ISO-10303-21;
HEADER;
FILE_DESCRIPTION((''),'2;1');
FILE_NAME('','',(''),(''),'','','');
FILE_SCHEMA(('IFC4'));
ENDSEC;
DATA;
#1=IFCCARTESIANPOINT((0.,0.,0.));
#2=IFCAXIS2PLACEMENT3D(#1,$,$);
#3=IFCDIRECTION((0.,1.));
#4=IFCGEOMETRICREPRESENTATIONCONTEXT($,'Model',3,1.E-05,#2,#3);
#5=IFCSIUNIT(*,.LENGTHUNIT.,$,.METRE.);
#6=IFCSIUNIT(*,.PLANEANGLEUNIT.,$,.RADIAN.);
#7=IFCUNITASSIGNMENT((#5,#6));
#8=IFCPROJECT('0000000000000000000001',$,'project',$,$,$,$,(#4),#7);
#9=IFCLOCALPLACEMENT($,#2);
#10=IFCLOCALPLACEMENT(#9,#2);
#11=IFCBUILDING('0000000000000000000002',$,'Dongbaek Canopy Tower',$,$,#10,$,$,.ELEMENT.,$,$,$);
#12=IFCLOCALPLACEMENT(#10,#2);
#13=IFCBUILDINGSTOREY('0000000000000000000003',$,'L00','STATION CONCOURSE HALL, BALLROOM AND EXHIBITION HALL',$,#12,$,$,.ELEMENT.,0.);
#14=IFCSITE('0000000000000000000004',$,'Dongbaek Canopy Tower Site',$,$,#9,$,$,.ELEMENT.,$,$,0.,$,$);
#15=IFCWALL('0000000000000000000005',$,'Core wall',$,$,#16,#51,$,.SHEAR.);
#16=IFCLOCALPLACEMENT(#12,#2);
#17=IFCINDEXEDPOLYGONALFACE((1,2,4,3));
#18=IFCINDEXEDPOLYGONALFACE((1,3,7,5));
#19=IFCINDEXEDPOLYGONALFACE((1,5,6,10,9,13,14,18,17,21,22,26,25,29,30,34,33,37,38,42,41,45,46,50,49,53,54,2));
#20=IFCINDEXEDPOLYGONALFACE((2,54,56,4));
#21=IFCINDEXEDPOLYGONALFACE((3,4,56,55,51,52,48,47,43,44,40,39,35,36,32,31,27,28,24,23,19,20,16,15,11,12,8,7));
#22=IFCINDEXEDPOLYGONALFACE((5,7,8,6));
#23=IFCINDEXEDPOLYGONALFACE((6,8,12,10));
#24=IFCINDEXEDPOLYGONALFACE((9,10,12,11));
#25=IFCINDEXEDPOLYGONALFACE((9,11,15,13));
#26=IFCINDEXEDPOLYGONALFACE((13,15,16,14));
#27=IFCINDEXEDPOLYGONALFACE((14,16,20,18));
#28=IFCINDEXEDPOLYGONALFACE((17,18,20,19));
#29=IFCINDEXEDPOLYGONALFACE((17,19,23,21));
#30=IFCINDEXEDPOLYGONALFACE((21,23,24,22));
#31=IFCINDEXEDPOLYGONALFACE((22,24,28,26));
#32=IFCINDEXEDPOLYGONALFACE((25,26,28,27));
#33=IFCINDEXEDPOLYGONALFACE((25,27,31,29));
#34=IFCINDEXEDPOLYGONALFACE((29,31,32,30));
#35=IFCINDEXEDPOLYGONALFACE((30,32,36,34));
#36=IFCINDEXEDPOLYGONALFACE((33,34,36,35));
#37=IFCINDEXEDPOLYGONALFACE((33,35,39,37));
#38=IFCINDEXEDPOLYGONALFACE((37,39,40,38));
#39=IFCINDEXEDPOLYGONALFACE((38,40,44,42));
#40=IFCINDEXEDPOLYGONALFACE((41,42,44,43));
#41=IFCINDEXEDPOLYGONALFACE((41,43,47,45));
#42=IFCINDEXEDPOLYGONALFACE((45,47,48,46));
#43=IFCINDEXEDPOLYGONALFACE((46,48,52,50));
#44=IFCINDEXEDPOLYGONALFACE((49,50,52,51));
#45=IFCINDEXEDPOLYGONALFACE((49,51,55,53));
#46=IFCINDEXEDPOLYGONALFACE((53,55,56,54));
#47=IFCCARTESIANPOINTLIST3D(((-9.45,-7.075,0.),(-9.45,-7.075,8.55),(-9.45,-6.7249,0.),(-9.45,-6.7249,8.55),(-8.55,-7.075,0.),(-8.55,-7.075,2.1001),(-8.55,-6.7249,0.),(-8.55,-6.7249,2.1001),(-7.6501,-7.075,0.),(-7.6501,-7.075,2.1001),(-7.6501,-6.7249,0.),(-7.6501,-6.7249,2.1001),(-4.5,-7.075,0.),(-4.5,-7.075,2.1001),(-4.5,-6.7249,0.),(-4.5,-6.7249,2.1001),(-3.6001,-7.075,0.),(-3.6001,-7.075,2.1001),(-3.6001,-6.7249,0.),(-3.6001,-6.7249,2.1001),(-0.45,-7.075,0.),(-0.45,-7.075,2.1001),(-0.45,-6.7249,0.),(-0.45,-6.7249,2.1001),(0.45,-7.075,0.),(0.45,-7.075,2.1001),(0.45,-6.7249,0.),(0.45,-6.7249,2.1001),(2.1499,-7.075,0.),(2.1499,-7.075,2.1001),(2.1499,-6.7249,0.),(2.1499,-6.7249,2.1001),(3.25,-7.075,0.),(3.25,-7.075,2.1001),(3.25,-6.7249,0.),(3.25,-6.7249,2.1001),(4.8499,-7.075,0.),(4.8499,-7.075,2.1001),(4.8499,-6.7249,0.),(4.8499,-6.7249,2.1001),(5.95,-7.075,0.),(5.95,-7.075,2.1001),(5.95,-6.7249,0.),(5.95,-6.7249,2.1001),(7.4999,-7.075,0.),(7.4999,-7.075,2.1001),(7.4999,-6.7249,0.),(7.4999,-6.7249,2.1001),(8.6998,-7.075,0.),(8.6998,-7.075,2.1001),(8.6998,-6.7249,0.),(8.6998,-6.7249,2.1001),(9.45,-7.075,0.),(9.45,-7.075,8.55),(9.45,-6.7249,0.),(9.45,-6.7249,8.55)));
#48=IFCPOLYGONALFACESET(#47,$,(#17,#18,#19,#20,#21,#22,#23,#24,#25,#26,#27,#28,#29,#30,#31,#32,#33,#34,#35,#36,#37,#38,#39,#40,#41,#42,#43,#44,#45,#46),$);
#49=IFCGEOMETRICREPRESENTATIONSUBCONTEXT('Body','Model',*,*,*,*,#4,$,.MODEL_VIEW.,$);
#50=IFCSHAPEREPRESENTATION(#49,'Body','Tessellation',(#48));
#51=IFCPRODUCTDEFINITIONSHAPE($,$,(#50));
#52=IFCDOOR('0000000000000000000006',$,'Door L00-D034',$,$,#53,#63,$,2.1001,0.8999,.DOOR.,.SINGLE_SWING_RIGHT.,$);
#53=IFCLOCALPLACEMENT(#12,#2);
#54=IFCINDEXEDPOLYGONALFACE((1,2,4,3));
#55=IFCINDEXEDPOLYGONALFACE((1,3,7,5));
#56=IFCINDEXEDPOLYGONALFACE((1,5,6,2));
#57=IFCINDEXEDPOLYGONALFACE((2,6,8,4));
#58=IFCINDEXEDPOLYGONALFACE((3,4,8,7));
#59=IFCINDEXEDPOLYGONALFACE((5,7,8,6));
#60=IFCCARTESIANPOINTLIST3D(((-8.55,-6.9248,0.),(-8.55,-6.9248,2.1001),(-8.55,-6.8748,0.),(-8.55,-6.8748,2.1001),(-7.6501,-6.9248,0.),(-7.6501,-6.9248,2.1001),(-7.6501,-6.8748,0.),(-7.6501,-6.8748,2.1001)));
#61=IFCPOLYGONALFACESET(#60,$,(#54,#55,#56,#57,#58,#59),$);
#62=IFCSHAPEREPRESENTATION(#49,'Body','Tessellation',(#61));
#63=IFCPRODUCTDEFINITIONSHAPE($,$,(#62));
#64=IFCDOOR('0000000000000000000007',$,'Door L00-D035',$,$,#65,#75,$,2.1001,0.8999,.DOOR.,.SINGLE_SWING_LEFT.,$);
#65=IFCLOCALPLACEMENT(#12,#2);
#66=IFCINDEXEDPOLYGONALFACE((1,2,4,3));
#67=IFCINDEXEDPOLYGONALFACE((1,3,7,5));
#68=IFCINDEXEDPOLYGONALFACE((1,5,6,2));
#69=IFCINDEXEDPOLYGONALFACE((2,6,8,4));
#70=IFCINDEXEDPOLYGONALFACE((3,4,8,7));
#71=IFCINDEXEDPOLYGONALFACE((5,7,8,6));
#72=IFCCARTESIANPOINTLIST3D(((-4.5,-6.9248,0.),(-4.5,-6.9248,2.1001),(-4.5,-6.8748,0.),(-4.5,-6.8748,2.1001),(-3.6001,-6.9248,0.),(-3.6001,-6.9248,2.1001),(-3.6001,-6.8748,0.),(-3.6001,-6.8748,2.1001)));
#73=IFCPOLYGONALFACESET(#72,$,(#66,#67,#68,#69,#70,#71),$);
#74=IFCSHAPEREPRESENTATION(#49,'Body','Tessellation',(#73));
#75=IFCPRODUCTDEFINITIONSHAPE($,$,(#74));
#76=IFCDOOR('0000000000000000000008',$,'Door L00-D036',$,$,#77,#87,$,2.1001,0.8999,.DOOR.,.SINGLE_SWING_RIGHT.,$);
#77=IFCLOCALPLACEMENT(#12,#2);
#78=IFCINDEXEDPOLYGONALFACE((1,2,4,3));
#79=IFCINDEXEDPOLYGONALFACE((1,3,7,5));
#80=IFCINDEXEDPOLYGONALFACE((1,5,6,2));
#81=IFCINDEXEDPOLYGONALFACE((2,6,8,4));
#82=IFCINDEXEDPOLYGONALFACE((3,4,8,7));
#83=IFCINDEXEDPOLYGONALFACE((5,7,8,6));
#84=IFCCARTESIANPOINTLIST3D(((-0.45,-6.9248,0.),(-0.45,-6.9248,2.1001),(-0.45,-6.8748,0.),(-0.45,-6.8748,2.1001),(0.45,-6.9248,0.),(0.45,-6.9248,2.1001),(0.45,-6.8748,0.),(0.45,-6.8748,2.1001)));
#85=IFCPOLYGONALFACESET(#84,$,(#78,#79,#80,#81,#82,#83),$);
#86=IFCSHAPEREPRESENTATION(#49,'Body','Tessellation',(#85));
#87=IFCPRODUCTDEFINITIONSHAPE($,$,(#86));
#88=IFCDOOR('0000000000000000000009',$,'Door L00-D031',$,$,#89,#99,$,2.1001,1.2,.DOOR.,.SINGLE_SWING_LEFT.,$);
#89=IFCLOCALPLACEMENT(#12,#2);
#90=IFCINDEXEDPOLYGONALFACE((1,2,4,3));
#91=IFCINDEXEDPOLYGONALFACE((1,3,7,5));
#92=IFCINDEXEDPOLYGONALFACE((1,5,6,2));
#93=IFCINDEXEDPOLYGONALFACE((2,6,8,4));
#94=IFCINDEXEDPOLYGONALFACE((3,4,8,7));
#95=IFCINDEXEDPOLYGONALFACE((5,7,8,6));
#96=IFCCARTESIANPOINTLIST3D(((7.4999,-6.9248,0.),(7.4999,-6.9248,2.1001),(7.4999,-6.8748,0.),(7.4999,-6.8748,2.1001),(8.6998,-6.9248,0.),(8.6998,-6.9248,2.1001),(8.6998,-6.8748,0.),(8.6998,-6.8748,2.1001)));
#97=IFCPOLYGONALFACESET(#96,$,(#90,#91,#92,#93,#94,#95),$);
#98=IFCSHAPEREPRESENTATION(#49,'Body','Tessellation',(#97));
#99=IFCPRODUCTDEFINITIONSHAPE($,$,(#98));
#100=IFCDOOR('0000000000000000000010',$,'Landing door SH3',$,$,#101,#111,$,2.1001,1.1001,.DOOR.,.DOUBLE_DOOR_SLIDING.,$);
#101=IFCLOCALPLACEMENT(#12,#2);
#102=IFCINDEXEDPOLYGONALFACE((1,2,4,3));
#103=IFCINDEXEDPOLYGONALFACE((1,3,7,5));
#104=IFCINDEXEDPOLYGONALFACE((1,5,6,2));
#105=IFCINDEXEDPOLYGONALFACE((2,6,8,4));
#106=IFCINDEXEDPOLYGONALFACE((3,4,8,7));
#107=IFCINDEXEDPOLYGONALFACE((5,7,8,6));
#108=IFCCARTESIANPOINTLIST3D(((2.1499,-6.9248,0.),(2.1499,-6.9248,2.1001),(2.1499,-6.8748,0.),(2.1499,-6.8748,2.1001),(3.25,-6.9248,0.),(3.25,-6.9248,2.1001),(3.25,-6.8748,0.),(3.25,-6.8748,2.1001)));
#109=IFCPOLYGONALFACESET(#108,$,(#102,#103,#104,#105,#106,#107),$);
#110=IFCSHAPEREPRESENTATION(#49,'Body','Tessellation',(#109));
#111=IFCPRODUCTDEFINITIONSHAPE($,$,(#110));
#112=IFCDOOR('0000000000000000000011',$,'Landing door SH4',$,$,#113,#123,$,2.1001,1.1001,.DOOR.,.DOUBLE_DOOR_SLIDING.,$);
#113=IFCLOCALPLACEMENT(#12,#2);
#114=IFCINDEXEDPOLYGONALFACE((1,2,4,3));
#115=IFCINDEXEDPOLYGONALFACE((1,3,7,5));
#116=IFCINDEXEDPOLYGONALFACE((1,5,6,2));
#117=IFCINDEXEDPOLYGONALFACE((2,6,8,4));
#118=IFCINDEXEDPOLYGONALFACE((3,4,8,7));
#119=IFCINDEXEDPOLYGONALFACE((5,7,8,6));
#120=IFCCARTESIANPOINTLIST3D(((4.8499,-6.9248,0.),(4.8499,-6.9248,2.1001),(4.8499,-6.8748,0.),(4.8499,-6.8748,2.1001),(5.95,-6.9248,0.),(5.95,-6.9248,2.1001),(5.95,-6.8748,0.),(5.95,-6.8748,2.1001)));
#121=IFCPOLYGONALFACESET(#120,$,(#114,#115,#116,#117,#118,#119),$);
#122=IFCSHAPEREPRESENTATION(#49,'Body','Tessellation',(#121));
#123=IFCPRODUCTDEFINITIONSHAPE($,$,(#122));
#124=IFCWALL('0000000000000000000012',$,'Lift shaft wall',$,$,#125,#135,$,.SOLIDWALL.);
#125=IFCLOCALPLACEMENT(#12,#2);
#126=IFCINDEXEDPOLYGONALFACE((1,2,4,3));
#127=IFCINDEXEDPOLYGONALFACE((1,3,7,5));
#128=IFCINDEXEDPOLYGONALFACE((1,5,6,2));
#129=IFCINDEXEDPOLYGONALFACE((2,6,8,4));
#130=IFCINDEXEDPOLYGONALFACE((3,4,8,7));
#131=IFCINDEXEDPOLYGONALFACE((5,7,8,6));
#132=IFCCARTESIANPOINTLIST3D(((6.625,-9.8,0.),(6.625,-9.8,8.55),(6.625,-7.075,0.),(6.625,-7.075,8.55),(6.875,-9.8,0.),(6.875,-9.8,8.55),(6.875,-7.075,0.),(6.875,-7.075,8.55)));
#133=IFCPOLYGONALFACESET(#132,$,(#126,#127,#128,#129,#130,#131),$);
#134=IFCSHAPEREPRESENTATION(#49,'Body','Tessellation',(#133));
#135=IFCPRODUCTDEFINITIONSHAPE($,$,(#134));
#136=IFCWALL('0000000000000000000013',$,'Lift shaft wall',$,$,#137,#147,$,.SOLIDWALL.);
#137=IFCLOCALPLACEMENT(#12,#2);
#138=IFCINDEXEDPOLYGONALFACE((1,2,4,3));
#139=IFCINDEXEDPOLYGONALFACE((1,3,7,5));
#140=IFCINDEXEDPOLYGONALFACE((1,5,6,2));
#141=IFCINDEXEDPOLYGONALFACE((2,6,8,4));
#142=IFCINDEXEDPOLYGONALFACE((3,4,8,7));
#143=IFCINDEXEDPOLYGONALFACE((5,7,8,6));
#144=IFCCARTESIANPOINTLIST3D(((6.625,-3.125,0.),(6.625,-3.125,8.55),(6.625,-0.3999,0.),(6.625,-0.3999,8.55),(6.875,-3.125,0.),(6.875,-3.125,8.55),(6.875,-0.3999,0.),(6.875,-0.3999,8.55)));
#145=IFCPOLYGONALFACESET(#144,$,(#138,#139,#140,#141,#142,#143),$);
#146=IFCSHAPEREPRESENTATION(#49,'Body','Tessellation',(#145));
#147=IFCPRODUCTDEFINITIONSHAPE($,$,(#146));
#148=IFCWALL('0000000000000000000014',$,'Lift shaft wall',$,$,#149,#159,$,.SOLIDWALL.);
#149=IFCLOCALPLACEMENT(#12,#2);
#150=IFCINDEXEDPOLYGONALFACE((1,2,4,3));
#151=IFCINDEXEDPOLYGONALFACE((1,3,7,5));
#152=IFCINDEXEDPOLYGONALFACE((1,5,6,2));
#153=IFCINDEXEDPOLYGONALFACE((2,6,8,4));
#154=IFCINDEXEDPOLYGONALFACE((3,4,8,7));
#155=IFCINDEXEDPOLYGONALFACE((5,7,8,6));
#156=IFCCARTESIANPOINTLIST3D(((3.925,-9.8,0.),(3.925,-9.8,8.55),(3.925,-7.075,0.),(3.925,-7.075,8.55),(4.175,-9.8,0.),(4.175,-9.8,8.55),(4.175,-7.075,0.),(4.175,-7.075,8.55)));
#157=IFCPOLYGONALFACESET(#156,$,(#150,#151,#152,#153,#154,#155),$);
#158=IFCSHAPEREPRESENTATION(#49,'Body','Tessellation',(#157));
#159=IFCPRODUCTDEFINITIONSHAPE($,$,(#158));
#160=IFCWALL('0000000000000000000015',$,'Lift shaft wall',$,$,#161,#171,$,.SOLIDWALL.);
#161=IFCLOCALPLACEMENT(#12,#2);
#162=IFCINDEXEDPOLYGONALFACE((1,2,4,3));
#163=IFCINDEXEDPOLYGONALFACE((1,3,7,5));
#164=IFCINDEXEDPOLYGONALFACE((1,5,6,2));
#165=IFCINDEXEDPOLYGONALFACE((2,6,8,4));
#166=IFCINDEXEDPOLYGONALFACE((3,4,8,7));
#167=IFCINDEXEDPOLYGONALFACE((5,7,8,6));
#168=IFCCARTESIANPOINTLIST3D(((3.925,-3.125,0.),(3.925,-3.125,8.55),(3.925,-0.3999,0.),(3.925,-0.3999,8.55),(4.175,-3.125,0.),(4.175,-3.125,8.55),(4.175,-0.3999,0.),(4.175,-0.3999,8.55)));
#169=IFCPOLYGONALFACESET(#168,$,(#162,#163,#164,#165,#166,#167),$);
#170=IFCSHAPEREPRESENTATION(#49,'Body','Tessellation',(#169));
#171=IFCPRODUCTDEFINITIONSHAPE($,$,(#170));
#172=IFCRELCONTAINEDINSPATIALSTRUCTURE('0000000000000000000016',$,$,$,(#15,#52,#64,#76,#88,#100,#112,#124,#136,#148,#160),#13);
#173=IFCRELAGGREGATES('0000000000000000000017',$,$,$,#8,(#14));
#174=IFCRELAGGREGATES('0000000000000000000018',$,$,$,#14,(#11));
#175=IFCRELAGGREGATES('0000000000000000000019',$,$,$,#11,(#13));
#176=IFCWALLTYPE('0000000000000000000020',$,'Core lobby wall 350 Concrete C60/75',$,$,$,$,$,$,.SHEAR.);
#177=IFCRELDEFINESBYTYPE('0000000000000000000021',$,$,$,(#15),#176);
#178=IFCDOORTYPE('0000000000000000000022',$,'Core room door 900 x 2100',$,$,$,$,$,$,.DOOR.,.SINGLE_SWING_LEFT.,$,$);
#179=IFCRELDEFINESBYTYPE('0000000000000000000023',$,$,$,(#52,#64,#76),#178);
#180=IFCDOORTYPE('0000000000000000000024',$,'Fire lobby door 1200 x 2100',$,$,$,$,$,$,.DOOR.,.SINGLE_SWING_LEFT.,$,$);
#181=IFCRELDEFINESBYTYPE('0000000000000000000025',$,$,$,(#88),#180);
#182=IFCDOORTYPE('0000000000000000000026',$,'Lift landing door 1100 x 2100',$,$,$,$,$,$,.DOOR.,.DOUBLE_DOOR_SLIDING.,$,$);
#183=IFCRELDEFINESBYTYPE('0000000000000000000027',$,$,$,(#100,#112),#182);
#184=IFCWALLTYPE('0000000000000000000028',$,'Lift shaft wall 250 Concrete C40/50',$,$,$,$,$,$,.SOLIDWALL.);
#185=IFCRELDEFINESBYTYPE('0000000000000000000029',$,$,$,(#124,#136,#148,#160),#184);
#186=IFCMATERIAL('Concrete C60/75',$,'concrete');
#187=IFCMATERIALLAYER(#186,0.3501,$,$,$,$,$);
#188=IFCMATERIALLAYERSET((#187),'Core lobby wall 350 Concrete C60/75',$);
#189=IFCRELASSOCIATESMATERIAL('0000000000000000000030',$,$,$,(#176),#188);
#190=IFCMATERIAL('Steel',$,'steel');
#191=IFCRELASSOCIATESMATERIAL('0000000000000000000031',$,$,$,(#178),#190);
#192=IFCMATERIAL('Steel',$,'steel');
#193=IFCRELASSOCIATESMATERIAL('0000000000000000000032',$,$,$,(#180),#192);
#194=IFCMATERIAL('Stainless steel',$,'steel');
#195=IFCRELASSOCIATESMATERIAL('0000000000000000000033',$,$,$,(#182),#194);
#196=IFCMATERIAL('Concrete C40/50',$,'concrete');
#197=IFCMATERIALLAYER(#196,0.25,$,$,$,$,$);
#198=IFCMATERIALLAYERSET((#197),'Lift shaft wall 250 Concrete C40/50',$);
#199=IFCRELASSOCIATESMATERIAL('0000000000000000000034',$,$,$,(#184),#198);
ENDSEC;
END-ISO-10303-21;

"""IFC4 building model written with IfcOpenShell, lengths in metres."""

from ifc_helpers import new_model, si_unit, direction, frame, frame_2d, origin, place, context, subcontext, project, spatial, rectangle, extrude, material, layer, layer_set, type_object, element, fill, save


model = new_model("IFC4")

# Units and contexts
model_context = context("Model", 3, precision=1e-05, world=origin(), true_north=direction((0.0, 1.0)))
body_context = subcontext(model_context, "Body", "Model", "MODEL_VIEW")
ifc_project = project(units=[si_unit("LENGTHUNIT", "METRE"), si_unit("PLANEANGLEUNIT", "RADIAN")], contexts=[model_context])

# Site, building, storey
site_placement = place(None, origin())
site = spatial("IfcSite", under=ifc_project, at=site_placement, Name="Dongbaek Canopy Tower Site", CompositionType="ELEMENT", RefElevation=0.0)
building_placement = place(site_placement, origin())
building = spatial("IfcBuilding", under=site, at=building_placement, Name="Dongbaek Canopy Tower", CompositionType="ELEMENT")
storey_placement = place(building_placement, origin())
storey = spatial("IfcBuildingStorey", under=building, at=storey_placement, Name="L00", Description="STATION CONCOURSE HALL, BALLROOM AND EXHIBITION HALL", CompositionType="ELEMENT", Elevation=0.0)

# Wall, openings, doors
ifc_material_1 = material(Name="Concrete C60/75", Category="concrete")
ifc_layer_1 = layer(ifc_material_1, 0.3501)
ifc_layer_set_1 = layer_set([ifc_layer_1], Name="Core lobby wall 350 Concrete C60/75")
wall_type_1 = type_object("IfcWallType", Name="Core lobby wall 350 Concrete C60/75", PredefinedType="SHEAR", material=ifc_layer_set_1)
wall_1_placement = place(storey_placement, frame((9.45, -6.8999, 0.0), z_axis=(0.0, 0.0, 1.0), x_axis=(-1.0, 0.0, 0.0)))
wall_1 = element("IfcWall", 1, at=wall_1_placement, inside=storey, type_object=wall_type_1, Name="Core wall", PredefinedType="SHEAR", context=body_context, shape_type="SweptSolid", body=[
    extrude(rectangle(XDim=18.8999, YDim=0.3501, at=frame_2d((9.45, 0.0))), origin(), (0.0, 0.0, 1.0), 8.55),
])
opening_1_placement = place(wall_1_placement, frame((6.2, 0.0, 0.0)))
opening_1 = element("IfcOpeningElement", 2, at=opening_1_placement, cuts=wall_1, PredefinedType="OPENING", context=body_context, shape_type="SweptSolid", body=[
    extrude(rectangle(XDim=1.1001, YDim=2.1001, at=frame_2d((0.55, 1.05))), frame((0.0, 0.1851, 0.0), z_axis=(0.0, -1.0, 0.0), x_axis=(1.0, 0.0, 0.0)), (0.0, 0.0, 1.0), 0.3701),
])
opening_2_placement = place(wall_1_placement, frame((3.5, 0.0, 0.0)))
opening_2 = element("IfcOpeningElement", 3, at=opening_2_placement, cuts=wall_1, PredefinedType="OPENING", context=body_context, shape_type="SweptSolid", body=[
    extrude(rectangle(XDim=1.1001, YDim=2.1001, at=frame_2d((0.55, 1.05))), frame((0.0, 0.1851, 0.0), z_axis=(0.0, -1.0, 0.0), x_axis=(1.0, 0.0, 0.0)), (0.0, 0.0, 1.0), 0.3701),
])
opening_3_placement = place(wall_1_placement, frame((0.75, 0.0, 0.0)))
opening_3 = element("IfcOpeningElement", 4, at=opening_3_placement, cuts=wall_1, PredefinedType="OPENING", context=body_context, shape_type="SweptSolid", body=[
    extrude(rectangle(XDim=1.2, YDim=2.1001, at=frame_2d((0.6001, 1.05))), frame((0.0, 0.1851, 0.0), z_axis=(0.0, -1.0, 0.0), x_axis=(1.0, 0.0, 0.0)), (0.0, 0.0, 1.0), 0.3701),
])
opening_4_placement = place(wall_1_placement, frame((17.1001, 0.0, 0.0)))
opening_4 = element("IfcOpeningElement", 5, at=opening_4_placement, cuts=wall_1, PredefinedType="OPENING", context=body_context, shape_type="SweptSolid", body=[
    extrude(rectangle(XDim=0.8999, YDim=2.1001, at=frame_2d((0.45, 1.05))), frame((0.0, 0.1851, 0.0), z_axis=(0.0, -1.0, 0.0), x_axis=(1.0, 0.0, 0.0)), (0.0, 0.0, 1.0), 0.3701),
])
opening_5_placement = place(wall_1_placement, frame((13.05, 0.0, 0.0)))
opening_5 = element("IfcOpeningElement", 6, at=opening_5_placement, cuts=wall_1, PredefinedType="OPENING", context=body_context, shape_type="SweptSolid", body=[
    extrude(rectangle(XDim=0.8999, YDim=2.1001, at=frame_2d((0.45, 1.05))), frame((0.0, 0.1851, 0.0), z_axis=(0.0, -1.0, 0.0), x_axis=(1.0, 0.0, 0.0)), (0.0, 0.0, 1.0), 0.3701),
])
opening_6_placement = place(wall_1_placement, frame((9.0, 0.0, 0.0)))
opening_6 = element("IfcOpeningElement", 7, at=opening_6_placement, cuts=wall_1, PredefinedType="OPENING", context=body_context, shape_type="SweptSolid", body=[
    extrude(rectangle(XDim=0.8999, YDim=2.1001, at=frame_2d((0.45, 1.05))), frame((0.0, 0.1851, 0.0), z_axis=(0.0, -1.0, 0.0), x_axis=(1.0, 0.0, 0.0)), (0.0, 0.0, 1.0), 0.3701),
])
ifc_material_2 = material(Name="Steel", Category="steel")
door_type_1 = type_object("IfcDoorType", Name="Core room door 900 x 2100", OperationType="SINGLE_SWING_LEFT", PredefinedType="DOOR", material=ifc_material_2)
door_1_placement = place(opening_4_placement, origin())
door_1 = element("IfcDoor", 8, at=door_1_placement, inside=storey, type_object=door_type_1, Name="Door L00-D034", OperationType="SINGLE_SWING_RIGHT", OverallHeight=2.1001, OverallWidth=0.8999, PredefinedType="DOOR", context=body_context, shape_type="SweptSolid", body=[
    extrude(rectangle(XDim=0.8999, YDim=2.1001, at=frame_2d((0.45, 1.05))), frame((0.0, 0.0249, 0.0), z_axis=(0.0, -1.0, 0.0), x_axis=(1.0, 0.0, 0.0)), (0.0, 0.0, 1.0), 0.05),
])
fill(opening_4, door_1)
door_2_placement = place(opening_5_placement, origin())
door_2 = element("IfcDoor", 9, at=door_2_placement, inside=storey, type_object=door_type_1, Name="Door L00-D035", OperationType="SINGLE_SWING_LEFT", OverallHeight=2.1001, OverallWidth=0.8999, PredefinedType="DOOR", context=body_context, shape_type="SweptSolid", body=[
    extrude(rectangle(XDim=0.8999, YDim=2.1001, at=frame_2d((0.45, 1.05))), frame((0.0, 0.0249, 0.0), z_axis=(0.0, -1.0, 0.0), x_axis=(1.0, 0.0, 0.0)), (0.0, 0.0, 1.0), 0.05),
])
fill(opening_5, door_2)
door_3_placement = place(opening_6_placement, origin())
door_3 = element("IfcDoor", 10, at=door_3_placement, inside=storey, type_object=door_type_1, Name="Door L00-D036", OperationType="SINGLE_SWING_RIGHT", OverallHeight=2.1001, OverallWidth=0.8999, PredefinedType="DOOR", context=body_context, shape_type="SweptSolid", body=[
    extrude(rectangle(XDim=0.8999, YDim=2.1001, at=frame_2d((0.45, 1.05))), frame((0.0, 0.0249, 0.0), z_axis=(0.0, -1.0, 0.0), x_axis=(1.0, 0.0, 0.0)), (0.0, 0.0, 1.0), 0.05),
])
fill(opening_6, door_3)
ifc_material_3 = material(Name="Steel", Category="steel")
door_type_2 = type_object("IfcDoorType", Name="Fire lobby door 1200 x 2100", OperationType="SINGLE_SWING_LEFT", PredefinedType="DOOR", material=ifc_material_3)
door_4_placement = place(opening_3_placement, origin())
door_4 = element("IfcDoor", 11, at=door_4_placement, inside=storey, type_object=door_type_2, Name="Door L00-D031", OperationType="SINGLE_SWING_LEFT", OverallHeight=2.1001, OverallWidth=1.2, PredefinedType="DOOR", context=body_context, shape_type="SweptSolid", body=[
    extrude(rectangle(XDim=1.2, YDim=2.1001, at=frame_2d((0.6001, 1.05))), frame((0.0, 0.0249, 0.0), z_axis=(0.0, -1.0, 0.0), x_axis=(1.0, 0.0, 0.0)), (0.0, 0.0, 1.0), 0.05),
])
fill(opening_3, door_4)
ifc_material_4 = material(Name="Stainless steel", Category="steel")
door_type_3 = type_object("IfcDoorType", Name="Lift landing door 1100 x 2100", OperationType="DOUBLE_DOOR_SLIDING", PredefinedType="DOOR", material=ifc_material_4)
door_5_placement = place(opening_1_placement, origin())
door_5 = element("IfcDoor", 12, at=door_5_placement, inside=storey, type_object=door_type_3, Name="Landing door SH3", OperationType="DOUBLE_DOOR_SLIDING", OverallHeight=2.1001, OverallWidth=1.1001, PredefinedType="DOOR", context=body_context, shape_type="SweptSolid", body=[
    extrude(rectangle(XDim=1.1001, YDim=2.1001, at=frame_2d((0.55, 1.05))), frame((0.0, 0.0249, 0.0), z_axis=(0.0, -1.0, 0.0), x_axis=(1.0, 0.0, 0.0)), (0.0, 0.0, 1.0), 0.05),
])
fill(opening_1, door_5)
door_6_placement = place(opening_2_placement, origin())
door_6 = element("IfcDoor", 13, at=door_6_placement, inside=storey, type_object=door_type_3, Name="Landing door SH4", OperationType="DOUBLE_DOOR_SLIDING", OverallHeight=2.1001, OverallWidth=1.1001, PredefinedType="DOOR", context=body_context, shape_type="SweptSolid", body=[
    extrude(rectangle(XDim=1.1001, YDim=2.1001, at=frame_2d((0.55, 1.05))), frame((0.0, 0.0249, 0.0), z_axis=(0.0, -1.0, 0.0), x_axis=(1.0, 0.0, 0.0)), (0.0, 0.0, 1.0), 0.05),
])
fill(opening_2, door_6)

# Walls
ifc_material_5 = material(Name="Concrete C40/50", Category="concrete")
ifc_layer_2 = layer(ifc_material_5, 0.25)
ifc_layer_set_2 = layer_set([ifc_layer_2], Name="Lift shaft wall 250 Concrete C40/50")
wall_type_2 = type_object("IfcWallType", Name="Lift shaft wall 250 Concrete C40/50", PredefinedType="SOLIDWALL", material=ifc_layer_set_2)
for number, where, z_axis, x_axis, name in (
    (14, (6.75, -9.8, 0.0), (0.0, 0.0, 1.0), (0.0, 1.0, 0.0), "Lift shaft wall"),
    (15, (6.75, -3.125, 0.0), (0.0, 0.0, 1.0), (0.0, 1.0, 0.0), "Lift shaft wall"),
    (16, (4.05, -9.8, 0.0), (0.0, 0.0, 1.0), (0.0, 1.0, 0.0), "Lift shaft wall"),
    (17, (4.05, -3.125, 0.0), (0.0, 0.0, 1.0), (0.0, 1.0, 0.0), "Lift shaft wall"),
):
    element("IfcWall", number, at=place(storey_placement, frame(where, z_axis=z_axis, x_axis=x_axis)), inside=storey, type_object=wall_type_2, Name=name, PredefinedType="SOLIDWALL", context=body_context, shape_type="SweptSolid", body=[
        extrude(rectangle(XDim=2.7251, YDim=0.25, at=frame_2d((1.3625, 0.0))), origin(), (0.0, 0.0, 1.0), 8.55),
    ])

save(model, "model.ifc")
